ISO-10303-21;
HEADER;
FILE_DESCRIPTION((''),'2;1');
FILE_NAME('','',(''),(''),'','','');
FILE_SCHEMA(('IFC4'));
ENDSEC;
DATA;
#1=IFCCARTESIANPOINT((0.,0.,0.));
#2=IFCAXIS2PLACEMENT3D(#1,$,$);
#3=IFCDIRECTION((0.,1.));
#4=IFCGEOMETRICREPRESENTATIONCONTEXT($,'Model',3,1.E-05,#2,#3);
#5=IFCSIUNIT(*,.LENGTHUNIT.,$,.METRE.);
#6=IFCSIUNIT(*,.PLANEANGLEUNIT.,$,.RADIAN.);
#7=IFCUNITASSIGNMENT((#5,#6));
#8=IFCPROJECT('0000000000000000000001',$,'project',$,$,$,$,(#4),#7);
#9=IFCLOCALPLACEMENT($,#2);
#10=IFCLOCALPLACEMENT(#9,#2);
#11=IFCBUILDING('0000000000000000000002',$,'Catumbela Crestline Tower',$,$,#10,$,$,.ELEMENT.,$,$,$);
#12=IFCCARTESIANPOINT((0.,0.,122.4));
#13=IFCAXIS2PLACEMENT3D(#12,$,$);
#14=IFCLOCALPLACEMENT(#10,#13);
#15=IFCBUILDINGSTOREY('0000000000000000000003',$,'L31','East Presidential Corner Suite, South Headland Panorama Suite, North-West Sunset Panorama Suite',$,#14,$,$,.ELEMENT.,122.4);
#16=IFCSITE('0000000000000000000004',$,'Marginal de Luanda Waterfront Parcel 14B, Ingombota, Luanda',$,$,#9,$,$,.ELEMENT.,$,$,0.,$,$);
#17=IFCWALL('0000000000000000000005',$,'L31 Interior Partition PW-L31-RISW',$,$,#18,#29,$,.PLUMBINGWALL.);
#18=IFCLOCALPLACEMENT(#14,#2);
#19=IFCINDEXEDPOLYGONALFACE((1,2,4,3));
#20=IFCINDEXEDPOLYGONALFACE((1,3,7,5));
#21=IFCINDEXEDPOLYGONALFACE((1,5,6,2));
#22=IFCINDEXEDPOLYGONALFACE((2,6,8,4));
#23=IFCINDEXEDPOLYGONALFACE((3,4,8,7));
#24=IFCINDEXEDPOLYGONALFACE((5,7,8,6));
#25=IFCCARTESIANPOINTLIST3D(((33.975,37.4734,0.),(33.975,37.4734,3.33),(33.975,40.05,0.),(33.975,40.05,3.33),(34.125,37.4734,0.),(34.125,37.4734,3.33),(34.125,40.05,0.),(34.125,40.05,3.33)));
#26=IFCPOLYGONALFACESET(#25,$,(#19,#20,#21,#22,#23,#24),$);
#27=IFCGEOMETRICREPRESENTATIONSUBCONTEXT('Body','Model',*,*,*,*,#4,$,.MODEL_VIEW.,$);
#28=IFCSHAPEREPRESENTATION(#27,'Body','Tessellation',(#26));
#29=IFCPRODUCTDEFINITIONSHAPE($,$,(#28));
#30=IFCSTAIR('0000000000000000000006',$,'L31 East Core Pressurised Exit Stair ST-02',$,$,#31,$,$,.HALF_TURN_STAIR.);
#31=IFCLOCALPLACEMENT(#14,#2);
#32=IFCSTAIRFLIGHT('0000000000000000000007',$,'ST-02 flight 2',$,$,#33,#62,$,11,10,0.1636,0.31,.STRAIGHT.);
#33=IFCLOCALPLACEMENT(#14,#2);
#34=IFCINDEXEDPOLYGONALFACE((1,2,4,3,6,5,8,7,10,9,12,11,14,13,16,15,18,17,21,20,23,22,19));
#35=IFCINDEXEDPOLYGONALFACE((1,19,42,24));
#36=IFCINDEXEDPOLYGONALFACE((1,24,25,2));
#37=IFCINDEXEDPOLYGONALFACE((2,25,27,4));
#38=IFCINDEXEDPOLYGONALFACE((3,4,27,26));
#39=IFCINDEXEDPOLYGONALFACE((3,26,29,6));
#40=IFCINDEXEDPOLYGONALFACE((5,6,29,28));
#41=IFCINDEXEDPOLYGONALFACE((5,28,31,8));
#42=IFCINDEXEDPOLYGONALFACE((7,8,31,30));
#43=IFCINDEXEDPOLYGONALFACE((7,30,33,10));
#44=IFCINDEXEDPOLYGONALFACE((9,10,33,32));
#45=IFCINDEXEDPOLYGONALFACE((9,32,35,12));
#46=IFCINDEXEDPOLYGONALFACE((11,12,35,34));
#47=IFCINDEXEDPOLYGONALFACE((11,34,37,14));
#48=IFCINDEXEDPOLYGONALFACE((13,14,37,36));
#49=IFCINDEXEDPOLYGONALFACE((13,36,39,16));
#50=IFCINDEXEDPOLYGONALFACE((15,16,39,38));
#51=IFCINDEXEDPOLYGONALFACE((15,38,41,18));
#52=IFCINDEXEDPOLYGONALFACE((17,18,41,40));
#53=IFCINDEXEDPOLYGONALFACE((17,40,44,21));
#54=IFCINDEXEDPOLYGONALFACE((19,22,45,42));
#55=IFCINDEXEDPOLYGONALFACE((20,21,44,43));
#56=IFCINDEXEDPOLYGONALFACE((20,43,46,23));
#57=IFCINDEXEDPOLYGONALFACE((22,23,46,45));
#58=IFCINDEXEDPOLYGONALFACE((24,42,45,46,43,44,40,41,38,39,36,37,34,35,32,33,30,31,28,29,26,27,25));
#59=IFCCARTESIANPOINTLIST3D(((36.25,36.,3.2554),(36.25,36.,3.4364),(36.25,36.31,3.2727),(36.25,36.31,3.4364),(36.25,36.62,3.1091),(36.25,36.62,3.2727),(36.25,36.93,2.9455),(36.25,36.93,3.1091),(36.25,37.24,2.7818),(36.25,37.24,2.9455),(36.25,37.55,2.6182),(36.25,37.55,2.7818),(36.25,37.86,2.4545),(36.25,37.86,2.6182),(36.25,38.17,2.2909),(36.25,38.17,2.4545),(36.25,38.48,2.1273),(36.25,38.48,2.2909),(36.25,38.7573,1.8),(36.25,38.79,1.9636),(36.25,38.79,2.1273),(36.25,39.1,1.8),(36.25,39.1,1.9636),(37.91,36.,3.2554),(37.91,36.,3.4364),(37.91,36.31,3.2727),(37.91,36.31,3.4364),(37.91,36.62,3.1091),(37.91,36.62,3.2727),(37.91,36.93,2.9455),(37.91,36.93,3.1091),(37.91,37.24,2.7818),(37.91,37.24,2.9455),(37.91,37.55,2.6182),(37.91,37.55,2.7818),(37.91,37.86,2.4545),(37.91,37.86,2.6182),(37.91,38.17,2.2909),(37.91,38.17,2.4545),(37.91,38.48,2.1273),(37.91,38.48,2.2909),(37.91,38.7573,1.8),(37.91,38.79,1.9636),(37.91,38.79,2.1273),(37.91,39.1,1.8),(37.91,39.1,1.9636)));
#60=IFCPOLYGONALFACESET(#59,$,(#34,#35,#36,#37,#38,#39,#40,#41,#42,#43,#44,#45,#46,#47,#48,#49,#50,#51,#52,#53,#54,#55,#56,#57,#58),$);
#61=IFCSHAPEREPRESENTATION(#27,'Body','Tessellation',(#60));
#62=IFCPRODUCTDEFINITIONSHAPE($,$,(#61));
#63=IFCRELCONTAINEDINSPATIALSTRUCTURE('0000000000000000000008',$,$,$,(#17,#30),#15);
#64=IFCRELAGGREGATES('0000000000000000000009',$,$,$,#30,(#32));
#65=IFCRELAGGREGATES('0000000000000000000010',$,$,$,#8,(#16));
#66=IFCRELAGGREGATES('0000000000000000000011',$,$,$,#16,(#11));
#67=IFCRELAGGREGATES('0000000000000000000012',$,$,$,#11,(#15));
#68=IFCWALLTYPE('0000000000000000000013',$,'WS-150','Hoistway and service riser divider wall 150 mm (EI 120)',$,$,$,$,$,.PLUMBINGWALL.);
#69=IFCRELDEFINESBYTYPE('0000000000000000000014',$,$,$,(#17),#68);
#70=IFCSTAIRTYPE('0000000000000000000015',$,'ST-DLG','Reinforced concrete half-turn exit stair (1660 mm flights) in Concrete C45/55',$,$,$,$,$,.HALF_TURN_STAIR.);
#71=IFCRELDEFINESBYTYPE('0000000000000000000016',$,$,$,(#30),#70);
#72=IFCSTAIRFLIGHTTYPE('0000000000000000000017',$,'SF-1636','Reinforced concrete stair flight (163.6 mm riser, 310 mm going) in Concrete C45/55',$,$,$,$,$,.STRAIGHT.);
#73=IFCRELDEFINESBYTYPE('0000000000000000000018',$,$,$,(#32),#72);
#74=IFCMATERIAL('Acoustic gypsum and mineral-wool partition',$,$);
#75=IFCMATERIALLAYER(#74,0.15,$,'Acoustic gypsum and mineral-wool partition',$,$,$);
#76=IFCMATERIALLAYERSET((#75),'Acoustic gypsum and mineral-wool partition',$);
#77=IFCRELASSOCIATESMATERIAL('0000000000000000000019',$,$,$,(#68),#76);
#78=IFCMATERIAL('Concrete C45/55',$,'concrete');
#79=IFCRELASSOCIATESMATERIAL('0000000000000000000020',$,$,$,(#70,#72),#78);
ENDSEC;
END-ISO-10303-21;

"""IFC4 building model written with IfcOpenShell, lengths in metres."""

from ifc_helpers import new_model, si_unit, direction, frame, frame_2d, origin, place, context, subcontext, project, spatial, polyline, rectangle, outline, extrude, material, layer, layer_set, type_object, element, aggregate, save


model = new_model("IFC4")

# Units and contexts
model_context = context("Model", 3, precision=1e-05, world=origin(), true_north=direction((0.0, 1.0)))
body_context = subcontext(model_context, "Body", "Model", "MODEL_VIEW")
ifc_project = project(units=[si_unit("LENGTHUNIT", "METRE"), si_unit("PLANEANGLEUNIT", "RADIAN")], contexts=[model_context])

# Site, building, storey
site_placement = place(None, origin())
site = spatial("IfcSite", under=ifc_project, at=site_placement, Name="Marginal de Luanda Waterfront Parcel 14B, Ingombota, Luanda", CompositionType="ELEMENT", RefElevation=0.0)
building_placement = place(site_placement, origin())
building = spatial("IfcBuilding", under=site, at=building_placement, Name="Catumbela Crestline Tower", CompositionType="ELEMENT")
storey_placement = place(building_placement, frame((0.0, 0.0, 122.4)))
storey = spatial("IfcBuildingStorey", under=building, at=storey_placement, Name="L31", Description="East Presidential Corner Suite, South Headland Panorama Suite, North-West Sunset Panorama Suite", CompositionType="ELEMENT", Elevation=122.4)

# Shared definitions
ifc_material_1 = material(Name="Acoustic gypsum and mineral-wool partition")

# Wall
ifc_layer_1 = layer(ifc_material_1, 0.15, Name="Acoustic gypsum and mineral-wool partition")
ifc_layer_set_1 = layer_set([ifc_layer_1], Name="Acoustic gypsum and mineral-wool partition")
wall_type_1 = type_object("IfcWallType", Name="WS-150", Description="Hoistway and service riser divider wall 150 mm (EI 120)", PredefinedType="PLUMBINGWALL", material=ifc_layer_set_1)
wall_1_placement = place(storey_placement, frame((34.05, 37.4734, 0.0), z_axis=(0.0, 0.0, 1.0), x_axis=(0.0, 1.0, 0.0)))
element("IfcWall", 1, at=wall_1_placement, inside=storey, type_object=wall_type_1, Name="L31 Interior Partition PW-L31-RISW", PredefinedType="PLUMBINGWALL", context=body_context, shape_type="SweptSolid", body=[
    extrude(rectangle(XDim=2.5766, YDim=0.15, at=frame_2d((1.2883, 0.0))), origin(), (0.0, 0.0, 1.0), 3.33),
])

# Stair, stair flight
ifc_material_2 = material(Name="Concrete C45/55", Category="concrete")
stair_type = type_object("IfcStairType", Name="ST-DLG", Description="Reinforced concrete half-turn exit stair (1660 mm flights) in Concrete C45/55", PredefinedType="HALF_TURN_STAIR", material=ifc_material_2)
stair_placement = place(storey_placement, origin())
stair = element("IfcStair", 2, at=stair_placement, inside=storey, type_object=stair_type, Name="L31 East Core Pressurised Exit Stair ST-02", PredefinedType="HALF_TURN_STAIR")
stair_flight_type = type_object("IfcStairFlightType", Name="SF-1636", Description="Reinforced concrete stair flight (163.6 mm riser, 310 mm going) in Concrete C45/55", PredefinedType="STRAIGHT", material=ifc_material_2)
stair_flight_placement = place(storey_placement, frame((37.08, 39.1, 1.8), z_axis=(0.0, 0.0, 1.0), x_axis=(0.0, -1.0, 0.0)))
stair_flight = element("IfcStairFlight", 3, at=stair_flight_placement, type_object=stair_flight_type, Name="ST-02 flight 2", NumberOfRisers=11, NumberOfTreads=10, PredefinedType="STRAIGHT", RiserHeight=0.1636, TreadLength=0.31, context=body_context, shape_type="SweptSolid", body=[
    extrude(outline(polyline([(0.0, 0.0), (0.0, 0.1636), (0.31, 0.1636), (0.31, 0.3273), (0.62, 0.3273), (0.62, 0.4909), (0.93, 0.4909), (0.93, 0.6545), (1.24, 0.6545), (1.24, 0.8182), (1.55, 0.8182), (1.55, 0.9818), (1.86, 0.9818), (1.86, 1.1455), (2.17, 1.1455), (2.17, 1.3091), (2.48, 1.3091), (2.48, 1.4727), (2.79, 1.4727), (2.79, 1.6364), (3.1, 1.6364), (3.1, 1.8), (3.1, 1.4554), (0.3427, 0.0), (0.0, 0.0)])), frame((0.0, 0.83, 0.0), z_axis=(0.0, -1.0, 0.0), x_axis=(1.0, 0.0, 0.0)), (0.0, 0.0, 1.0), 1.66),
])
aggregate(stair, [stair_flight])

save(model, "model.ifc")
